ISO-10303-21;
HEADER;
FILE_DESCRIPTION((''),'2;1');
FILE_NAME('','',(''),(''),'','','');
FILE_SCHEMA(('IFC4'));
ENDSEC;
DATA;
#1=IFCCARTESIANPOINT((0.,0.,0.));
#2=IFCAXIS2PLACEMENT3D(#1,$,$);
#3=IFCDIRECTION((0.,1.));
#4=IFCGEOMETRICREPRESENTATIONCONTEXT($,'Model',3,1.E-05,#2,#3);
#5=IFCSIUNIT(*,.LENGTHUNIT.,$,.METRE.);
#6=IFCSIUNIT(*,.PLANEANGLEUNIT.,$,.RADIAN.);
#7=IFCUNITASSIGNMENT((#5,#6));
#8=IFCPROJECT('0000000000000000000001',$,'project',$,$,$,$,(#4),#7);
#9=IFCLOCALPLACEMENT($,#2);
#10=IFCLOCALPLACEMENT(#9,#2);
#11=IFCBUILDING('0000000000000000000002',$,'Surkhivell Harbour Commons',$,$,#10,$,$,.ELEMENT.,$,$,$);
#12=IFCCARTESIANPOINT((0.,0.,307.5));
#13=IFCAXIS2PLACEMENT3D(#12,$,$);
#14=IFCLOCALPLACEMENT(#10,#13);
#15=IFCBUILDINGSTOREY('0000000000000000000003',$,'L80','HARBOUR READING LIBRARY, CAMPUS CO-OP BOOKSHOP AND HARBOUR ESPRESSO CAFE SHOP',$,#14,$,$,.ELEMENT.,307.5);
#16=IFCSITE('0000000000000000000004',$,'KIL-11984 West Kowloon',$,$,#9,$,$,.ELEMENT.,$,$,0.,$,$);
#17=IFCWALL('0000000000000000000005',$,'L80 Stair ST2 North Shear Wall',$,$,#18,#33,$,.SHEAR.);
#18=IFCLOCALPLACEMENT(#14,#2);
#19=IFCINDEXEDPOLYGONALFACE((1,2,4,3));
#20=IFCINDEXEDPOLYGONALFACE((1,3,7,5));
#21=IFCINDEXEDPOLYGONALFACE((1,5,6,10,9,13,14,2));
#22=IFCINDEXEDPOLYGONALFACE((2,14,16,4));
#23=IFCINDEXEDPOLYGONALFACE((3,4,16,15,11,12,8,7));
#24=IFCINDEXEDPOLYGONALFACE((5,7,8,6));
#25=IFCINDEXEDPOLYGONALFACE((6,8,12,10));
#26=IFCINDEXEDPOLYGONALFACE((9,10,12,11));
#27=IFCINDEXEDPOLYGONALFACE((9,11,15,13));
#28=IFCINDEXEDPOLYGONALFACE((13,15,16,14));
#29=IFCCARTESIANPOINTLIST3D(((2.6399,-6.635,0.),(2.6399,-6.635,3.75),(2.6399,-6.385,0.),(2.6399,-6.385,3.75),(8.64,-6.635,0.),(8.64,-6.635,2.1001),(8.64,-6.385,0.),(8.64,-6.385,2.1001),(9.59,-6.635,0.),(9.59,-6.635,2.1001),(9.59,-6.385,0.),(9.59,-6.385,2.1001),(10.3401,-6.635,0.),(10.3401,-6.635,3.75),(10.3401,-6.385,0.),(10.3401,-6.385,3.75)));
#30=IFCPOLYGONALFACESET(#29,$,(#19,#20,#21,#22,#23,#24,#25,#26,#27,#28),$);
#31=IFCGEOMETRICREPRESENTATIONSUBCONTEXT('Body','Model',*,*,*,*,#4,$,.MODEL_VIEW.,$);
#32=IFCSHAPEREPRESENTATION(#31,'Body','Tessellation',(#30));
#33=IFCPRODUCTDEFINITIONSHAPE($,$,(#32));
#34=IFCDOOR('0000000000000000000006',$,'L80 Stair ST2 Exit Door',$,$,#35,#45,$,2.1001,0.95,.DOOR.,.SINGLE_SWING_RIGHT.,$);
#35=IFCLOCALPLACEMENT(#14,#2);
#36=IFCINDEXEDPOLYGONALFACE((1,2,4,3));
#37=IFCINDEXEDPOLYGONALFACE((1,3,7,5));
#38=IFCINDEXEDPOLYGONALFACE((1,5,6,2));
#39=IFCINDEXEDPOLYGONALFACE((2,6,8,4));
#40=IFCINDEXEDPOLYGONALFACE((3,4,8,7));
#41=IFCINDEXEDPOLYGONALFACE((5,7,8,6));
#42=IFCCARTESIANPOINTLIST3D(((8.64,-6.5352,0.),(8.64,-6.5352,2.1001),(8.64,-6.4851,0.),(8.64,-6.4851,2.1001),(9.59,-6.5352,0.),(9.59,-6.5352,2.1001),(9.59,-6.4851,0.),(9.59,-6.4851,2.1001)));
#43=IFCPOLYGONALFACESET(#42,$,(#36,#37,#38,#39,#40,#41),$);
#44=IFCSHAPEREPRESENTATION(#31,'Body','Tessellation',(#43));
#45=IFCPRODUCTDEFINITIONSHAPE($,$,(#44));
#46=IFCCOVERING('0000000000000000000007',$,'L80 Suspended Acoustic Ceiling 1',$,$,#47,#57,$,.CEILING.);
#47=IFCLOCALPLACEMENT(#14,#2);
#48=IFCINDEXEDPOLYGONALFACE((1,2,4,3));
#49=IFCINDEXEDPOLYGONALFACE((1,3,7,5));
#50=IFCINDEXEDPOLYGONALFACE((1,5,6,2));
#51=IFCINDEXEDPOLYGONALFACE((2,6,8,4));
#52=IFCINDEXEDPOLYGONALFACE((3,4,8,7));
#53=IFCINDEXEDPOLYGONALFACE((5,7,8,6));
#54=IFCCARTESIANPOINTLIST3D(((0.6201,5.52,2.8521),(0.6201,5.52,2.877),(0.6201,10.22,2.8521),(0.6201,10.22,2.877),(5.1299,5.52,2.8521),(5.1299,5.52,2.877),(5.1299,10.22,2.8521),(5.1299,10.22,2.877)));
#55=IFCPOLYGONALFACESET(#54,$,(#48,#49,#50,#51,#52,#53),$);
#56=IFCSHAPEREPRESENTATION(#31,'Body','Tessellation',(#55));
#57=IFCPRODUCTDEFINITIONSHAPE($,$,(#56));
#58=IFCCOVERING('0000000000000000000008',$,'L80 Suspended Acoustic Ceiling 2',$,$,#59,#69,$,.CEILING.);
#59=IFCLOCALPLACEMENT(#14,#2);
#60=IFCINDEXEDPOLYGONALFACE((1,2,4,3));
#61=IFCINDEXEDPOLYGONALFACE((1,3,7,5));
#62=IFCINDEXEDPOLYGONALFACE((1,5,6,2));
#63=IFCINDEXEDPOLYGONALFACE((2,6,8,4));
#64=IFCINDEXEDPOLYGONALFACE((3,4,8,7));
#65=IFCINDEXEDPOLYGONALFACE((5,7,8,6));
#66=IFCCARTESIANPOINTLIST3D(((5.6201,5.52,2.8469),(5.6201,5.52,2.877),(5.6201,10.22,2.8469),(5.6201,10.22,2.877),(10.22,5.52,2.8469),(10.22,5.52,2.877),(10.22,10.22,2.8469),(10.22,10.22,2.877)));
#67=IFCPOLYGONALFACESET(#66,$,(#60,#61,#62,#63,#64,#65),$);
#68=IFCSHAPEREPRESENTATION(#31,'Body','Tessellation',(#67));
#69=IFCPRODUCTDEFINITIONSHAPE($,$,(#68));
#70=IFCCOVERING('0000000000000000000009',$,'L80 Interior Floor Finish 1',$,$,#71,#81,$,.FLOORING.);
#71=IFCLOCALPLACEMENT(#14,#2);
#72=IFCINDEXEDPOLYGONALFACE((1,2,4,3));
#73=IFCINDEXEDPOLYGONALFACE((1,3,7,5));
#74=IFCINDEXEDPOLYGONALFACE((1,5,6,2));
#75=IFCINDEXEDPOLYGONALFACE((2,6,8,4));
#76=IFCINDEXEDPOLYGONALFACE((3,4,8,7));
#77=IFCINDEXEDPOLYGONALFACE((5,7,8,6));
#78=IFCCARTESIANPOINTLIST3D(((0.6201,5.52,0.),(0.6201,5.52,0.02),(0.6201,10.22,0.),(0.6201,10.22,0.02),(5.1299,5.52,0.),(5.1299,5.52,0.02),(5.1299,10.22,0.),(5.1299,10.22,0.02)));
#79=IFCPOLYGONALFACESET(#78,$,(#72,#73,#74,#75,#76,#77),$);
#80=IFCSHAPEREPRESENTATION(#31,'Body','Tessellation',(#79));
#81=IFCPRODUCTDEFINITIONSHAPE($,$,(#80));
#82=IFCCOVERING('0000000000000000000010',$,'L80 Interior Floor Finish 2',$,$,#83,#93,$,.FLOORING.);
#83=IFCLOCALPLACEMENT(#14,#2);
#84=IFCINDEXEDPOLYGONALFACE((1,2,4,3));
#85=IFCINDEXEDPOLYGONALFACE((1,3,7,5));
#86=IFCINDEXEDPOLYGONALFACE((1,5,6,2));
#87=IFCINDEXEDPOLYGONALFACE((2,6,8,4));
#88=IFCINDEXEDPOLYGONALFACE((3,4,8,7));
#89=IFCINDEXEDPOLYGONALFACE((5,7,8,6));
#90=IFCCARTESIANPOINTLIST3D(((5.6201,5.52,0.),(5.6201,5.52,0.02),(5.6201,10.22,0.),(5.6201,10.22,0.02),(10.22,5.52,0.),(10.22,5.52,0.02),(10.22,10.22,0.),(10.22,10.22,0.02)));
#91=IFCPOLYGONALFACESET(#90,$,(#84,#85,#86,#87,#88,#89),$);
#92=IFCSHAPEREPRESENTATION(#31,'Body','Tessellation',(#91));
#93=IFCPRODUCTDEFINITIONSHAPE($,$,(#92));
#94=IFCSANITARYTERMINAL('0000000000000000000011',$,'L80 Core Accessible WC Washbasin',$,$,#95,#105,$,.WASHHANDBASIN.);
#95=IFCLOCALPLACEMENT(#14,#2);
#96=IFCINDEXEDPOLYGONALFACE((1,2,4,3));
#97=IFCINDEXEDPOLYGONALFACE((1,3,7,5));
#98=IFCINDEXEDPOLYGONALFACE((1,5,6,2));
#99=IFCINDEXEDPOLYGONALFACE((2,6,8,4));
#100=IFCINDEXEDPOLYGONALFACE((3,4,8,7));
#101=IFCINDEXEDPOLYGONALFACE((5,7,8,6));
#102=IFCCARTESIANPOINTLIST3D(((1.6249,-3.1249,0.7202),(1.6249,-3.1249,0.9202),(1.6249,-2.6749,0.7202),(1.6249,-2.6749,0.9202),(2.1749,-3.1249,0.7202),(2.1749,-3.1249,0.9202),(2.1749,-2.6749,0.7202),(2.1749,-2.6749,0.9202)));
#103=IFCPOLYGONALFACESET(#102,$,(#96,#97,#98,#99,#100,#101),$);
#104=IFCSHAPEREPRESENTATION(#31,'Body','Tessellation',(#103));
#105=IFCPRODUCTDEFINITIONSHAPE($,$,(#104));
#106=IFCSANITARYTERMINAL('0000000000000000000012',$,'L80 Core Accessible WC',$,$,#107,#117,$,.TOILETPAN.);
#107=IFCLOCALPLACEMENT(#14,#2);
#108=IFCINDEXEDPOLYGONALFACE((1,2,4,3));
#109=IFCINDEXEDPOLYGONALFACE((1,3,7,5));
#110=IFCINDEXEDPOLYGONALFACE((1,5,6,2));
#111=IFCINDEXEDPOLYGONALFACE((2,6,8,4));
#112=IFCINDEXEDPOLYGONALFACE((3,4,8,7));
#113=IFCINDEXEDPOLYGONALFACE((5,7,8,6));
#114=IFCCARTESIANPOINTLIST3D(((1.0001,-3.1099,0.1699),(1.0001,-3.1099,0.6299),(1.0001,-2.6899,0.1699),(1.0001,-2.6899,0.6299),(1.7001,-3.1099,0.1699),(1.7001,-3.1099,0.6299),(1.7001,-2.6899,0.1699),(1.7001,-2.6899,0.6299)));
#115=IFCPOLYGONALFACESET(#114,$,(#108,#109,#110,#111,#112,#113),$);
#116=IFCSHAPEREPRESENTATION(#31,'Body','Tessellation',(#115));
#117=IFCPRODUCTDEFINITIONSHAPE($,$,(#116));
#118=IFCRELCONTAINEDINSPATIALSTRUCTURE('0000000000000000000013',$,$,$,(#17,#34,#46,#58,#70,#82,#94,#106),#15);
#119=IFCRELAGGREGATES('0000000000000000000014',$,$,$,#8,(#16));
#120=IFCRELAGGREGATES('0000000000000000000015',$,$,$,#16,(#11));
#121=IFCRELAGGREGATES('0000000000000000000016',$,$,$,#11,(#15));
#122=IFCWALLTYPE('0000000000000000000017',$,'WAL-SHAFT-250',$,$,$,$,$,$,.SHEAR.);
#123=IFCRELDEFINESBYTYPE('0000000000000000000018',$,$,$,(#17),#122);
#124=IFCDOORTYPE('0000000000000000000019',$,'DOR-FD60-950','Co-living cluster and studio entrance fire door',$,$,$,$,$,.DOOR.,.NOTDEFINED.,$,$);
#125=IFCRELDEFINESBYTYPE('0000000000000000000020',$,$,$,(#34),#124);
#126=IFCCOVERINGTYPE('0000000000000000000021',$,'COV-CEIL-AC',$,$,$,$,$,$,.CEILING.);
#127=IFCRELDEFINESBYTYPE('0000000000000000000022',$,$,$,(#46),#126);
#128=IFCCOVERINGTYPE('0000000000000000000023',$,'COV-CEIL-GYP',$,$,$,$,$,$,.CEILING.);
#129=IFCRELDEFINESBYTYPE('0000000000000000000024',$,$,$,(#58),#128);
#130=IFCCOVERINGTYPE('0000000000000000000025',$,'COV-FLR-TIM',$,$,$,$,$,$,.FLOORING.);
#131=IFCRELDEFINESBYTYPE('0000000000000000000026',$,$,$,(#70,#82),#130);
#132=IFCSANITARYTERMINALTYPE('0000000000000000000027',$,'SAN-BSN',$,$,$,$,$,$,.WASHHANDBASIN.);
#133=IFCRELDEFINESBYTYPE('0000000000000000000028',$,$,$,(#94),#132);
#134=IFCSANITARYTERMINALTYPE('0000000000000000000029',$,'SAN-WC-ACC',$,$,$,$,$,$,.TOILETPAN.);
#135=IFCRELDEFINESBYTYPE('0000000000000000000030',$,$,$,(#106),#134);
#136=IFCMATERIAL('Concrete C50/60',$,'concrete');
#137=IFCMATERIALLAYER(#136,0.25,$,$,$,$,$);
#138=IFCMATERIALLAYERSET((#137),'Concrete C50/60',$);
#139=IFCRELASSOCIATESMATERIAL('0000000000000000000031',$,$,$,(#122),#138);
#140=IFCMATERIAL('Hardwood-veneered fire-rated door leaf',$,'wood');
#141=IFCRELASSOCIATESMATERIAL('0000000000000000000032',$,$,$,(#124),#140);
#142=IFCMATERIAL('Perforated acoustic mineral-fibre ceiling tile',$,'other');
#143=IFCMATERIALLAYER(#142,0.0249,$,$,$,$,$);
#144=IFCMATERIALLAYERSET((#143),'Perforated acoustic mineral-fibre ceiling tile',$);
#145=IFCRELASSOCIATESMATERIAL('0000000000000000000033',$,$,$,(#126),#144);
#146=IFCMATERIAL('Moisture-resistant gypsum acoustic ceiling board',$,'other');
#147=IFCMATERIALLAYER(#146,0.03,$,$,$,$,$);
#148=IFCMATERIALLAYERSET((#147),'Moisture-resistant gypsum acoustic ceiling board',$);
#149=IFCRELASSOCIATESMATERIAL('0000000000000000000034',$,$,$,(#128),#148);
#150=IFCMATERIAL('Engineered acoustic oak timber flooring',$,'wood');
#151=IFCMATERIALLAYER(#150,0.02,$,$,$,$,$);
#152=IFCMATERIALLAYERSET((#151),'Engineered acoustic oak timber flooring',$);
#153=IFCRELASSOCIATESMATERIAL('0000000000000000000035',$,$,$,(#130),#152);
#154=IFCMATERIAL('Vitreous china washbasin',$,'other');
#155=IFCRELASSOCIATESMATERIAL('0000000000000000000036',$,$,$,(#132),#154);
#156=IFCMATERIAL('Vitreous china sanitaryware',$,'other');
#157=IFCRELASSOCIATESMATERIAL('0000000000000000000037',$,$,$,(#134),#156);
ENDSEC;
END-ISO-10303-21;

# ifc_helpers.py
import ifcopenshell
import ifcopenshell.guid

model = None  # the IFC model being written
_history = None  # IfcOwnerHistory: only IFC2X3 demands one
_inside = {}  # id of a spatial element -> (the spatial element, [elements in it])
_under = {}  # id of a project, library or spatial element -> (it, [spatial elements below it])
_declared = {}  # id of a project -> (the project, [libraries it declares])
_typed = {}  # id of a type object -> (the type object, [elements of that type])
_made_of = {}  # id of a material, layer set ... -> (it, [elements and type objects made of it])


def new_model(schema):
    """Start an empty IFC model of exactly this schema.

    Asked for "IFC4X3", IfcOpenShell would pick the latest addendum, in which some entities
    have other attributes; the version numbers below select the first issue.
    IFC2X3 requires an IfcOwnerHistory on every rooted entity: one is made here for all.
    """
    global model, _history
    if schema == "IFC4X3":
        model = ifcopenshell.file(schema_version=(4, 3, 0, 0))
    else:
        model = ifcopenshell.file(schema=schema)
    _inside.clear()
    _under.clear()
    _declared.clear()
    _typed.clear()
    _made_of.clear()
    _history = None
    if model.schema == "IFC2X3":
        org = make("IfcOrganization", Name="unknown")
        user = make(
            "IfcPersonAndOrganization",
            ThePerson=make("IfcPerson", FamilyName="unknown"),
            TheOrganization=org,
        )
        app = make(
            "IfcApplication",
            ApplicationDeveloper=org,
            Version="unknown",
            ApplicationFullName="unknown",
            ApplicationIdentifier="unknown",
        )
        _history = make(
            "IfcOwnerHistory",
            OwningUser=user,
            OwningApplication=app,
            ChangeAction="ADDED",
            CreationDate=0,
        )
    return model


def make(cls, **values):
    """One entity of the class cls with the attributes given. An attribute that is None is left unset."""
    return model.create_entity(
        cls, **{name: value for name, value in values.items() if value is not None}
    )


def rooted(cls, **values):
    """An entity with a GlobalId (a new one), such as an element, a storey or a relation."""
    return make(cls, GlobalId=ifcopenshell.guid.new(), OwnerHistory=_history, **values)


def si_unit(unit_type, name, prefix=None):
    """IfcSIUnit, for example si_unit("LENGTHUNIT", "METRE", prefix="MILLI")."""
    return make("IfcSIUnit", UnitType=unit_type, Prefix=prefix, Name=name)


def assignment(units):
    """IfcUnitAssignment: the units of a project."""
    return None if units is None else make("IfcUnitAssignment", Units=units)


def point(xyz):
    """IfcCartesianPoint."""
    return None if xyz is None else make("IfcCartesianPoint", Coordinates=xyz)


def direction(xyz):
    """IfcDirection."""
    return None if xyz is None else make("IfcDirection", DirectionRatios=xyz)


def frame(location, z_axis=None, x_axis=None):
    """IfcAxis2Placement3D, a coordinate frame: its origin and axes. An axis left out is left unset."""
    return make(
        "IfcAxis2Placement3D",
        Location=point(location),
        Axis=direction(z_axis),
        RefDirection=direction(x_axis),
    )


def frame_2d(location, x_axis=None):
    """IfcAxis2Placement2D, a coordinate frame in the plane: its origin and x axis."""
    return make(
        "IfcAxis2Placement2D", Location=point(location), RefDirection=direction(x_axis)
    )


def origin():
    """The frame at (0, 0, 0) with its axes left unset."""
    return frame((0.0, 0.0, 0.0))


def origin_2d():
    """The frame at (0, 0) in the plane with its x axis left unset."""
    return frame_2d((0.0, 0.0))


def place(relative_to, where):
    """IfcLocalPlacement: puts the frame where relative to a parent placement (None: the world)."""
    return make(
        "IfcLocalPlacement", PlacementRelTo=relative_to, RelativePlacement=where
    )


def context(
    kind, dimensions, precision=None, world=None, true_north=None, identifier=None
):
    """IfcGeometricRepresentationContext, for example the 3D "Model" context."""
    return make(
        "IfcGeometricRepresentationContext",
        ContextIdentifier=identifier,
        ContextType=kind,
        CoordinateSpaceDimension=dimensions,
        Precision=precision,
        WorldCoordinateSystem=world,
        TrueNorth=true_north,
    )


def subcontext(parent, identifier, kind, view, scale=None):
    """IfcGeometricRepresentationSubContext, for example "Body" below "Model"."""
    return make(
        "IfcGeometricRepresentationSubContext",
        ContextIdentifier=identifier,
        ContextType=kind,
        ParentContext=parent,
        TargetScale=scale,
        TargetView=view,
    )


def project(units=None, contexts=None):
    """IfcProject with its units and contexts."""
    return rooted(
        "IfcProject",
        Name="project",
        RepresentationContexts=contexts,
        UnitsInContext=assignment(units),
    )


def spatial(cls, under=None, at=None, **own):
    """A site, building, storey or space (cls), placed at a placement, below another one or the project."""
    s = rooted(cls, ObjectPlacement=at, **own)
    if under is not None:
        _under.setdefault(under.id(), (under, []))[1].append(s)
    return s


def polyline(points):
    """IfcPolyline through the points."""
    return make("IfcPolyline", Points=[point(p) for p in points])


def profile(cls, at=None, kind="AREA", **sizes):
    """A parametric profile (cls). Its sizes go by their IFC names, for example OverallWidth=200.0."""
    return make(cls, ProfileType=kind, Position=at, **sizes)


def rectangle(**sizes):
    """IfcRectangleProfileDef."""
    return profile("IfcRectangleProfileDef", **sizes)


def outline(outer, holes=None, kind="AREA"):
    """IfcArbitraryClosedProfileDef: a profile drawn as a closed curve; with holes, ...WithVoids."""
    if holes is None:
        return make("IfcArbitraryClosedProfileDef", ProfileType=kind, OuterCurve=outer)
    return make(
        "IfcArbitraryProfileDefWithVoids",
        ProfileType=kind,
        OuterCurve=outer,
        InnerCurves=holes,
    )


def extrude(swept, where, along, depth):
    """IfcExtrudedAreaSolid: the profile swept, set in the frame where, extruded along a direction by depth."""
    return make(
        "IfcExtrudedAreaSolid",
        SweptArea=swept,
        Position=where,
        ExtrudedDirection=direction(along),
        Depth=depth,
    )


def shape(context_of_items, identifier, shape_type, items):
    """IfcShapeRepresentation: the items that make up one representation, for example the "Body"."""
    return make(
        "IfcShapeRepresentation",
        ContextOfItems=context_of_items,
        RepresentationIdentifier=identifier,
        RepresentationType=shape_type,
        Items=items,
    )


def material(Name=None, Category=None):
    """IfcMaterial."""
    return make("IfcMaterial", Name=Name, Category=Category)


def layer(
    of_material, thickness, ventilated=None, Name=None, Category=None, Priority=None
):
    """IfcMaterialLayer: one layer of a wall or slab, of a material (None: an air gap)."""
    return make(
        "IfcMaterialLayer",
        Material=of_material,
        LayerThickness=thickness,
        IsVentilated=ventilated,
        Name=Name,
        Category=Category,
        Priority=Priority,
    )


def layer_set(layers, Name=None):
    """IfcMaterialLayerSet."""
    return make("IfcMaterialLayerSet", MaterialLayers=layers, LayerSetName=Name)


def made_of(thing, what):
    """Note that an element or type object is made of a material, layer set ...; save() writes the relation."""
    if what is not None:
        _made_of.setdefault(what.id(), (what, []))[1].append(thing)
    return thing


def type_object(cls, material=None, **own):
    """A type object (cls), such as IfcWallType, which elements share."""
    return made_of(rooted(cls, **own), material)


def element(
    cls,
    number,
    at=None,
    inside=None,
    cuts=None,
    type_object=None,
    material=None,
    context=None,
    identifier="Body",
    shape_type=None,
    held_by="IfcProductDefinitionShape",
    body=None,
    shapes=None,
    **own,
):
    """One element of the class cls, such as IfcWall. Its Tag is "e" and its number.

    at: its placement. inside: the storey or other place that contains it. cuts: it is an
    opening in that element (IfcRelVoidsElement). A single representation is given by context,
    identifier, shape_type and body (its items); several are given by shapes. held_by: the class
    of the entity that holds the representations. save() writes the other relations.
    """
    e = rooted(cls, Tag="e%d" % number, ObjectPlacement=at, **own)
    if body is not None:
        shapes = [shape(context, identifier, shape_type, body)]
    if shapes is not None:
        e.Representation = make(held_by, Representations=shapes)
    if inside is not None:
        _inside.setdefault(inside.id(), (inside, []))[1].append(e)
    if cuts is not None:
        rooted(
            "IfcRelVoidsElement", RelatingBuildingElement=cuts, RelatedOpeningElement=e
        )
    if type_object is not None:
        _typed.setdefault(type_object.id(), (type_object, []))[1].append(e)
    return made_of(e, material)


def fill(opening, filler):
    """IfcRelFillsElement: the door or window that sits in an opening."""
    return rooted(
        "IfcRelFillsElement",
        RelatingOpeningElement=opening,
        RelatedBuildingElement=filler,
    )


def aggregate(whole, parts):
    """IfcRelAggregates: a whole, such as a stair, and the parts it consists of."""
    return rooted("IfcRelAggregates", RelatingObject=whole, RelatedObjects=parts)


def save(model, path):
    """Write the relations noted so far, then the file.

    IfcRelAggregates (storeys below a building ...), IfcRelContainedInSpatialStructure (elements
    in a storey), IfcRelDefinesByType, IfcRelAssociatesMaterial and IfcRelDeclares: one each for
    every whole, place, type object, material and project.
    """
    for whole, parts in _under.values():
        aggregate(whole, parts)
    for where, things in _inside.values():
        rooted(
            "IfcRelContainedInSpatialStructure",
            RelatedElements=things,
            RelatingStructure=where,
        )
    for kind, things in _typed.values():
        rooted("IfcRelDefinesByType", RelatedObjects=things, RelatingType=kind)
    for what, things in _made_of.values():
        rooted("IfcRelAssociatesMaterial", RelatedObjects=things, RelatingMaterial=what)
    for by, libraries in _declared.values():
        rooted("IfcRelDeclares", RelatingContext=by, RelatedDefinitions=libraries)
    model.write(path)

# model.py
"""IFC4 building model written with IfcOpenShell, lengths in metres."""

from ifc_helpers import new_model, si_unit, direction, frame, frame_2d, origin, origin_2d, place, context, subcontext, project, spatial, polyline, rectangle, outline, extrude, material, layer, layer_set, type_object, element, fill, save


model = new_model("IFC4")

# Units and contexts
model_context = context("Model", 3, precision=1e-05, world=origin(), true_north=direction((0.0, 1.0)))
body_context = subcontext(model_context, "Body", "Model", "MODEL_VIEW")
ifc_project = project(units=[si_unit("LENGTHUNIT", "METRE"), si_unit("PLANEANGLEUNIT", "RADIAN")], contexts=[model_context])

# Site, building, storey
site_placement = place(None, origin())
site = spatial("IfcSite", under=ifc_project, at=site_placement, Name="KIL-11984 West Kowloon", CompositionType="ELEMENT", RefElevation=0.0)
building_placement = place(site_placement, origin())
building = spatial("IfcBuilding", under=site, at=building_placement, Name="Surkhivell Harbour Commons", CompositionType="ELEMENT")
storey_placement = place(building_placement, frame((0.0, 0.0, 307.5)))
storey = spatial("IfcBuildingStorey", under=building, at=storey_placement, Name="L80", Description="HARBOUR READING LIBRARY, CAMPUS CO-OP BOOKSHOP AND HARBOUR ESPRESSO CAFE SHOP", CompositionType="ELEMENT", Elevation=307.5)

# Shared definitions
ifc_material_1 = material(Name="Hardwood-veneered fire-rated door leaf", Category="wood")

# Shared definitions
ifc_material_2 = material(Name="Concrete C50/60", Category="concrete")
ifc_layer_1 = layer(ifc_material_2, 0.25)
ifc_layer_set_1 = layer_set([ifc_layer_1], Name="Concrete C50/60")
wall_type_1 = type_object("IfcWallType", Name="WAL-SHAFT-250", PredefinedType="SHEAR", material=ifc_layer_set_1)

# Wall, opening, door
wall_1_placement = place(storey_placement, frame((2.6399, -6.51, 0.0), z_axis=(0.0, 0.0, 1.0), x_axis=(1.0, 0.0, 0.0)))
wall_1 = element("IfcWall", 1, at=wall_1_placement, inside=storey, type_object=wall_type_1, Name="L80 Stair ST2 North Shear Wall", PredefinedType="SHEAR", context=body_context, shape_type="SweptSolid", body=[
    extrude(rectangle(XDim=7.7002, YDim=0.25, at=frame_2d((3.8501, 0.0))), origin(), (0.0, 0.0, 1.0), 3.75),
])
opening_1_placement = place(wall_1_placement, frame((6.0, 0.0, 0.0)))
opening_1 = element("IfcOpeningElement", 2, at=opening_1_placement, cuts=wall_1, PredefinedType="OPENING", context=body_context, shape_type="SweptSolid", body=[
    extrude(rectangle(XDim=0.95, YDim=2.1001, at=frame_2d((0.4751, 1.05))), frame((0.0, 0.135, 0.0), z_axis=(0.0, -1.0, 0.0), x_axis=(1.0, 0.0, 0.0)), (0.0, 0.0, 1.0), 0.27),
])
door_type_1 = type_object("IfcDoorType", Name="DOR-FD60-950", Description="Co-living cluster and studio entrance fire door", OperationType="NOTDEFINED", PredefinedType="DOOR", material=ifc_material_1)
door_1_placement = place(opening_1_placement, origin())
door_1 = element("IfcDoor", 3, at=door_1_placement, inside=storey, type_object=door_type_1, Name="L80 Stair ST2 Exit Door", OperationType="SINGLE_SWING_RIGHT", OverallHeight=2.1001, OverallWidth=0.95, PredefinedType="DOOR", context=body_context, shape_type="SweptSolid", body=[
    extrude(rectangle(XDim=0.95, YDim=2.1001, at=frame_2d((0.4751, 1.05))), frame((0.0, 0.0249, 0.0), z_axis=(0.0, -1.0, 0.0), x_axis=(1.0, 0.0, 0.0)), (0.0, 0.0, 1.0), 0.05),
])
fill(opening_1, door_1)

# Coverings
ifc_material_3 = material(Name="Perforated acoustic mineral-fibre ceiling tile", Category="other")
ifc_layer_2 = layer(ifc_material_3, 0.0249)
ifc_layer_set_2 = layer_set([ifc_layer_2], Name="Perforated acoustic mineral-fibre ceiling tile")
covering_type_1 = type_object("IfcCoveringType", Name="COV-CEIL-AC", PredefinedType="CEILING", material=ifc_layer_set_2)
covering_1_placement = place(storey_placement, frame((0.0, 0.0, 2.8521)))
element("IfcCovering", 4, at=covering_1_placement, inside=storey, type_object=covering_type_1, Name="L80 Suspended Acoustic Ceiling 1", PredefinedType="CEILING", context=body_context, shape_type="SweptSolid", body=[
    extrude(outline(polyline([(0.6201, 5.52), (5.1299, 5.52), (5.1299, 10.22), (0.6201, 10.22), (0.6201, 5.52)])), origin(), (0.0, 0.0, 1.0), 0.0249),
])
ifc_material_4 = material(Name="Moisture-resistant gypsum acoustic ceiling board", Category="other")
ifc_layer_3 = layer(ifc_material_4, 0.03)
ifc_layer_set_3 = layer_set([ifc_layer_3], Name="Moisture-resistant gypsum acoustic ceiling board")
covering_type_2 = type_object("IfcCoveringType", Name="COV-CEIL-GYP", PredefinedType="CEILING", material=ifc_layer_set_3)
covering_2_placement = place(storey_placement, frame((0.0, 0.0, 2.8469)))
element("IfcCovering", 5, at=covering_2_placement, inside=storey, type_object=covering_type_2, Name="L80 Suspended Acoustic Ceiling 2", PredefinedType="CEILING", context=body_context, shape_type="SweptSolid", body=[
    extrude(outline(polyline([(5.6201, 5.52), (10.22, 5.52), (10.22, 10.22), (5.6201, 10.22), (5.6201, 5.52)])), origin(), (0.0, 0.0, 1.0), 0.03),
])
ifc_material_5 = material(Name="Engineered acoustic oak timber flooring", Category="wood")
ifc_layer_4 = layer(ifc_material_5, 0.02)
ifc_layer_set_4 = layer_set([ifc_layer_4], Name="Engineered acoustic oak timber flooring")
covering_type_3 = type_object("IfcCoveringType", Name="COV-FLR-TIM", PredefinedType="FLOORING", material=ifc_layer_set_4)
covering_3_placement = place(storey_placement, origin())
element("IfcCovering", 6, at=covering_3_placement, inside=storey, type_object=covering_type_3, Name="L80 Interior Floor Finish 1", PredefinedType="FLOORING", context=body_context, shape_type="SweptSolid", body=[
    extrude(outline(polyline([(0.6201, 5.52), (5.1299, 5.52), (5.1299, 10.22), (0.6201, 10.22), (0.6201, 5.52)])), origin(), (0.0, 0.0, 1.0), 0.02),
])
covering_4_placement = place(storey_placement, origin())
element("IfcCovering", 7, at=covering_4_placement, inside=storey, type_object=covering_type_3, Name="L80 Interior Floor Finish 2", PredefinedType="FLOORING", context=body_context, shape_type="SweptSolid", body=[
    extrude(outline(polyline([(5.6201, 5.52), (10.22, 5.52), (10.22, 10.22), (5.6201, 10.22), (5.6201, 5.52)])), origin(), (0.0, 0.0, 1.0), 0.02),
])

# Sanitary terminals
ifc_material_6 = material(Name="Vitreous china washbasin", Category="other")
sanitary_terminal_type_1 = type_object("IfcSanitaryTerminalType", Name="SAN-BSN", PredefinedType="WASHHANDBASIN", material=ifc_material_6)
sanitary_terminal_1_placement = place(storey_placement, frame((1.8999, -2.8999, 0.7202), z_axis=(0.0, 0.0, 1.0), x_axis=(1.0, 0.0, 0.0)))
element("IfcSanitaryTerminal", 8, at=sanitary_terminal_1_placement, inside=storey, type_object=sanitary_terminal_type_1, Name="L80 Core Accessible WC Washbasin", PredefinedType="WASHHANDBASIN", context=body_context, shape_type="SweptSolid", body=[
    extrude(rectangle(XDim=0.55, YDim=0.45, at=origin_2d()), origin(), (0.0, 0.0, 1.0), 0.2),
])
ifc_material_7 = material(Name="Vitreous china sanitaryware", Category="other")
sanitary_terminal_type_2 = type_object("IfcSanitaryTerminalType", Name="SAN-WC-ACC", PredefinedType="TOILETPAN", material=ifc_material_7)
sanitary_terminal_2_placement = place(storey_placement, frame((1.3501, -2.8999, 0.1699), z_axis=(0.0, 0.0, 1.0), x_axis=(1.0, 0.0, 0.0)))
element("IfcSanitaryTerminal", 9, at=sanitary_terminal_2_placement, inside=storey, type_object=sanitary_terminal_type_2, Name="L80 Core Accessible WC", PredefinedType="TOILETPAN", context=body_context, shape_type="SweptSolid", body=[
    extrude(rectangle(XDim=0.7, YDim=0.4199, at=origin_2d()), origin(), (0.0, 0.0, 1.0), 0.46),
])

save(model, "model.ifc")
